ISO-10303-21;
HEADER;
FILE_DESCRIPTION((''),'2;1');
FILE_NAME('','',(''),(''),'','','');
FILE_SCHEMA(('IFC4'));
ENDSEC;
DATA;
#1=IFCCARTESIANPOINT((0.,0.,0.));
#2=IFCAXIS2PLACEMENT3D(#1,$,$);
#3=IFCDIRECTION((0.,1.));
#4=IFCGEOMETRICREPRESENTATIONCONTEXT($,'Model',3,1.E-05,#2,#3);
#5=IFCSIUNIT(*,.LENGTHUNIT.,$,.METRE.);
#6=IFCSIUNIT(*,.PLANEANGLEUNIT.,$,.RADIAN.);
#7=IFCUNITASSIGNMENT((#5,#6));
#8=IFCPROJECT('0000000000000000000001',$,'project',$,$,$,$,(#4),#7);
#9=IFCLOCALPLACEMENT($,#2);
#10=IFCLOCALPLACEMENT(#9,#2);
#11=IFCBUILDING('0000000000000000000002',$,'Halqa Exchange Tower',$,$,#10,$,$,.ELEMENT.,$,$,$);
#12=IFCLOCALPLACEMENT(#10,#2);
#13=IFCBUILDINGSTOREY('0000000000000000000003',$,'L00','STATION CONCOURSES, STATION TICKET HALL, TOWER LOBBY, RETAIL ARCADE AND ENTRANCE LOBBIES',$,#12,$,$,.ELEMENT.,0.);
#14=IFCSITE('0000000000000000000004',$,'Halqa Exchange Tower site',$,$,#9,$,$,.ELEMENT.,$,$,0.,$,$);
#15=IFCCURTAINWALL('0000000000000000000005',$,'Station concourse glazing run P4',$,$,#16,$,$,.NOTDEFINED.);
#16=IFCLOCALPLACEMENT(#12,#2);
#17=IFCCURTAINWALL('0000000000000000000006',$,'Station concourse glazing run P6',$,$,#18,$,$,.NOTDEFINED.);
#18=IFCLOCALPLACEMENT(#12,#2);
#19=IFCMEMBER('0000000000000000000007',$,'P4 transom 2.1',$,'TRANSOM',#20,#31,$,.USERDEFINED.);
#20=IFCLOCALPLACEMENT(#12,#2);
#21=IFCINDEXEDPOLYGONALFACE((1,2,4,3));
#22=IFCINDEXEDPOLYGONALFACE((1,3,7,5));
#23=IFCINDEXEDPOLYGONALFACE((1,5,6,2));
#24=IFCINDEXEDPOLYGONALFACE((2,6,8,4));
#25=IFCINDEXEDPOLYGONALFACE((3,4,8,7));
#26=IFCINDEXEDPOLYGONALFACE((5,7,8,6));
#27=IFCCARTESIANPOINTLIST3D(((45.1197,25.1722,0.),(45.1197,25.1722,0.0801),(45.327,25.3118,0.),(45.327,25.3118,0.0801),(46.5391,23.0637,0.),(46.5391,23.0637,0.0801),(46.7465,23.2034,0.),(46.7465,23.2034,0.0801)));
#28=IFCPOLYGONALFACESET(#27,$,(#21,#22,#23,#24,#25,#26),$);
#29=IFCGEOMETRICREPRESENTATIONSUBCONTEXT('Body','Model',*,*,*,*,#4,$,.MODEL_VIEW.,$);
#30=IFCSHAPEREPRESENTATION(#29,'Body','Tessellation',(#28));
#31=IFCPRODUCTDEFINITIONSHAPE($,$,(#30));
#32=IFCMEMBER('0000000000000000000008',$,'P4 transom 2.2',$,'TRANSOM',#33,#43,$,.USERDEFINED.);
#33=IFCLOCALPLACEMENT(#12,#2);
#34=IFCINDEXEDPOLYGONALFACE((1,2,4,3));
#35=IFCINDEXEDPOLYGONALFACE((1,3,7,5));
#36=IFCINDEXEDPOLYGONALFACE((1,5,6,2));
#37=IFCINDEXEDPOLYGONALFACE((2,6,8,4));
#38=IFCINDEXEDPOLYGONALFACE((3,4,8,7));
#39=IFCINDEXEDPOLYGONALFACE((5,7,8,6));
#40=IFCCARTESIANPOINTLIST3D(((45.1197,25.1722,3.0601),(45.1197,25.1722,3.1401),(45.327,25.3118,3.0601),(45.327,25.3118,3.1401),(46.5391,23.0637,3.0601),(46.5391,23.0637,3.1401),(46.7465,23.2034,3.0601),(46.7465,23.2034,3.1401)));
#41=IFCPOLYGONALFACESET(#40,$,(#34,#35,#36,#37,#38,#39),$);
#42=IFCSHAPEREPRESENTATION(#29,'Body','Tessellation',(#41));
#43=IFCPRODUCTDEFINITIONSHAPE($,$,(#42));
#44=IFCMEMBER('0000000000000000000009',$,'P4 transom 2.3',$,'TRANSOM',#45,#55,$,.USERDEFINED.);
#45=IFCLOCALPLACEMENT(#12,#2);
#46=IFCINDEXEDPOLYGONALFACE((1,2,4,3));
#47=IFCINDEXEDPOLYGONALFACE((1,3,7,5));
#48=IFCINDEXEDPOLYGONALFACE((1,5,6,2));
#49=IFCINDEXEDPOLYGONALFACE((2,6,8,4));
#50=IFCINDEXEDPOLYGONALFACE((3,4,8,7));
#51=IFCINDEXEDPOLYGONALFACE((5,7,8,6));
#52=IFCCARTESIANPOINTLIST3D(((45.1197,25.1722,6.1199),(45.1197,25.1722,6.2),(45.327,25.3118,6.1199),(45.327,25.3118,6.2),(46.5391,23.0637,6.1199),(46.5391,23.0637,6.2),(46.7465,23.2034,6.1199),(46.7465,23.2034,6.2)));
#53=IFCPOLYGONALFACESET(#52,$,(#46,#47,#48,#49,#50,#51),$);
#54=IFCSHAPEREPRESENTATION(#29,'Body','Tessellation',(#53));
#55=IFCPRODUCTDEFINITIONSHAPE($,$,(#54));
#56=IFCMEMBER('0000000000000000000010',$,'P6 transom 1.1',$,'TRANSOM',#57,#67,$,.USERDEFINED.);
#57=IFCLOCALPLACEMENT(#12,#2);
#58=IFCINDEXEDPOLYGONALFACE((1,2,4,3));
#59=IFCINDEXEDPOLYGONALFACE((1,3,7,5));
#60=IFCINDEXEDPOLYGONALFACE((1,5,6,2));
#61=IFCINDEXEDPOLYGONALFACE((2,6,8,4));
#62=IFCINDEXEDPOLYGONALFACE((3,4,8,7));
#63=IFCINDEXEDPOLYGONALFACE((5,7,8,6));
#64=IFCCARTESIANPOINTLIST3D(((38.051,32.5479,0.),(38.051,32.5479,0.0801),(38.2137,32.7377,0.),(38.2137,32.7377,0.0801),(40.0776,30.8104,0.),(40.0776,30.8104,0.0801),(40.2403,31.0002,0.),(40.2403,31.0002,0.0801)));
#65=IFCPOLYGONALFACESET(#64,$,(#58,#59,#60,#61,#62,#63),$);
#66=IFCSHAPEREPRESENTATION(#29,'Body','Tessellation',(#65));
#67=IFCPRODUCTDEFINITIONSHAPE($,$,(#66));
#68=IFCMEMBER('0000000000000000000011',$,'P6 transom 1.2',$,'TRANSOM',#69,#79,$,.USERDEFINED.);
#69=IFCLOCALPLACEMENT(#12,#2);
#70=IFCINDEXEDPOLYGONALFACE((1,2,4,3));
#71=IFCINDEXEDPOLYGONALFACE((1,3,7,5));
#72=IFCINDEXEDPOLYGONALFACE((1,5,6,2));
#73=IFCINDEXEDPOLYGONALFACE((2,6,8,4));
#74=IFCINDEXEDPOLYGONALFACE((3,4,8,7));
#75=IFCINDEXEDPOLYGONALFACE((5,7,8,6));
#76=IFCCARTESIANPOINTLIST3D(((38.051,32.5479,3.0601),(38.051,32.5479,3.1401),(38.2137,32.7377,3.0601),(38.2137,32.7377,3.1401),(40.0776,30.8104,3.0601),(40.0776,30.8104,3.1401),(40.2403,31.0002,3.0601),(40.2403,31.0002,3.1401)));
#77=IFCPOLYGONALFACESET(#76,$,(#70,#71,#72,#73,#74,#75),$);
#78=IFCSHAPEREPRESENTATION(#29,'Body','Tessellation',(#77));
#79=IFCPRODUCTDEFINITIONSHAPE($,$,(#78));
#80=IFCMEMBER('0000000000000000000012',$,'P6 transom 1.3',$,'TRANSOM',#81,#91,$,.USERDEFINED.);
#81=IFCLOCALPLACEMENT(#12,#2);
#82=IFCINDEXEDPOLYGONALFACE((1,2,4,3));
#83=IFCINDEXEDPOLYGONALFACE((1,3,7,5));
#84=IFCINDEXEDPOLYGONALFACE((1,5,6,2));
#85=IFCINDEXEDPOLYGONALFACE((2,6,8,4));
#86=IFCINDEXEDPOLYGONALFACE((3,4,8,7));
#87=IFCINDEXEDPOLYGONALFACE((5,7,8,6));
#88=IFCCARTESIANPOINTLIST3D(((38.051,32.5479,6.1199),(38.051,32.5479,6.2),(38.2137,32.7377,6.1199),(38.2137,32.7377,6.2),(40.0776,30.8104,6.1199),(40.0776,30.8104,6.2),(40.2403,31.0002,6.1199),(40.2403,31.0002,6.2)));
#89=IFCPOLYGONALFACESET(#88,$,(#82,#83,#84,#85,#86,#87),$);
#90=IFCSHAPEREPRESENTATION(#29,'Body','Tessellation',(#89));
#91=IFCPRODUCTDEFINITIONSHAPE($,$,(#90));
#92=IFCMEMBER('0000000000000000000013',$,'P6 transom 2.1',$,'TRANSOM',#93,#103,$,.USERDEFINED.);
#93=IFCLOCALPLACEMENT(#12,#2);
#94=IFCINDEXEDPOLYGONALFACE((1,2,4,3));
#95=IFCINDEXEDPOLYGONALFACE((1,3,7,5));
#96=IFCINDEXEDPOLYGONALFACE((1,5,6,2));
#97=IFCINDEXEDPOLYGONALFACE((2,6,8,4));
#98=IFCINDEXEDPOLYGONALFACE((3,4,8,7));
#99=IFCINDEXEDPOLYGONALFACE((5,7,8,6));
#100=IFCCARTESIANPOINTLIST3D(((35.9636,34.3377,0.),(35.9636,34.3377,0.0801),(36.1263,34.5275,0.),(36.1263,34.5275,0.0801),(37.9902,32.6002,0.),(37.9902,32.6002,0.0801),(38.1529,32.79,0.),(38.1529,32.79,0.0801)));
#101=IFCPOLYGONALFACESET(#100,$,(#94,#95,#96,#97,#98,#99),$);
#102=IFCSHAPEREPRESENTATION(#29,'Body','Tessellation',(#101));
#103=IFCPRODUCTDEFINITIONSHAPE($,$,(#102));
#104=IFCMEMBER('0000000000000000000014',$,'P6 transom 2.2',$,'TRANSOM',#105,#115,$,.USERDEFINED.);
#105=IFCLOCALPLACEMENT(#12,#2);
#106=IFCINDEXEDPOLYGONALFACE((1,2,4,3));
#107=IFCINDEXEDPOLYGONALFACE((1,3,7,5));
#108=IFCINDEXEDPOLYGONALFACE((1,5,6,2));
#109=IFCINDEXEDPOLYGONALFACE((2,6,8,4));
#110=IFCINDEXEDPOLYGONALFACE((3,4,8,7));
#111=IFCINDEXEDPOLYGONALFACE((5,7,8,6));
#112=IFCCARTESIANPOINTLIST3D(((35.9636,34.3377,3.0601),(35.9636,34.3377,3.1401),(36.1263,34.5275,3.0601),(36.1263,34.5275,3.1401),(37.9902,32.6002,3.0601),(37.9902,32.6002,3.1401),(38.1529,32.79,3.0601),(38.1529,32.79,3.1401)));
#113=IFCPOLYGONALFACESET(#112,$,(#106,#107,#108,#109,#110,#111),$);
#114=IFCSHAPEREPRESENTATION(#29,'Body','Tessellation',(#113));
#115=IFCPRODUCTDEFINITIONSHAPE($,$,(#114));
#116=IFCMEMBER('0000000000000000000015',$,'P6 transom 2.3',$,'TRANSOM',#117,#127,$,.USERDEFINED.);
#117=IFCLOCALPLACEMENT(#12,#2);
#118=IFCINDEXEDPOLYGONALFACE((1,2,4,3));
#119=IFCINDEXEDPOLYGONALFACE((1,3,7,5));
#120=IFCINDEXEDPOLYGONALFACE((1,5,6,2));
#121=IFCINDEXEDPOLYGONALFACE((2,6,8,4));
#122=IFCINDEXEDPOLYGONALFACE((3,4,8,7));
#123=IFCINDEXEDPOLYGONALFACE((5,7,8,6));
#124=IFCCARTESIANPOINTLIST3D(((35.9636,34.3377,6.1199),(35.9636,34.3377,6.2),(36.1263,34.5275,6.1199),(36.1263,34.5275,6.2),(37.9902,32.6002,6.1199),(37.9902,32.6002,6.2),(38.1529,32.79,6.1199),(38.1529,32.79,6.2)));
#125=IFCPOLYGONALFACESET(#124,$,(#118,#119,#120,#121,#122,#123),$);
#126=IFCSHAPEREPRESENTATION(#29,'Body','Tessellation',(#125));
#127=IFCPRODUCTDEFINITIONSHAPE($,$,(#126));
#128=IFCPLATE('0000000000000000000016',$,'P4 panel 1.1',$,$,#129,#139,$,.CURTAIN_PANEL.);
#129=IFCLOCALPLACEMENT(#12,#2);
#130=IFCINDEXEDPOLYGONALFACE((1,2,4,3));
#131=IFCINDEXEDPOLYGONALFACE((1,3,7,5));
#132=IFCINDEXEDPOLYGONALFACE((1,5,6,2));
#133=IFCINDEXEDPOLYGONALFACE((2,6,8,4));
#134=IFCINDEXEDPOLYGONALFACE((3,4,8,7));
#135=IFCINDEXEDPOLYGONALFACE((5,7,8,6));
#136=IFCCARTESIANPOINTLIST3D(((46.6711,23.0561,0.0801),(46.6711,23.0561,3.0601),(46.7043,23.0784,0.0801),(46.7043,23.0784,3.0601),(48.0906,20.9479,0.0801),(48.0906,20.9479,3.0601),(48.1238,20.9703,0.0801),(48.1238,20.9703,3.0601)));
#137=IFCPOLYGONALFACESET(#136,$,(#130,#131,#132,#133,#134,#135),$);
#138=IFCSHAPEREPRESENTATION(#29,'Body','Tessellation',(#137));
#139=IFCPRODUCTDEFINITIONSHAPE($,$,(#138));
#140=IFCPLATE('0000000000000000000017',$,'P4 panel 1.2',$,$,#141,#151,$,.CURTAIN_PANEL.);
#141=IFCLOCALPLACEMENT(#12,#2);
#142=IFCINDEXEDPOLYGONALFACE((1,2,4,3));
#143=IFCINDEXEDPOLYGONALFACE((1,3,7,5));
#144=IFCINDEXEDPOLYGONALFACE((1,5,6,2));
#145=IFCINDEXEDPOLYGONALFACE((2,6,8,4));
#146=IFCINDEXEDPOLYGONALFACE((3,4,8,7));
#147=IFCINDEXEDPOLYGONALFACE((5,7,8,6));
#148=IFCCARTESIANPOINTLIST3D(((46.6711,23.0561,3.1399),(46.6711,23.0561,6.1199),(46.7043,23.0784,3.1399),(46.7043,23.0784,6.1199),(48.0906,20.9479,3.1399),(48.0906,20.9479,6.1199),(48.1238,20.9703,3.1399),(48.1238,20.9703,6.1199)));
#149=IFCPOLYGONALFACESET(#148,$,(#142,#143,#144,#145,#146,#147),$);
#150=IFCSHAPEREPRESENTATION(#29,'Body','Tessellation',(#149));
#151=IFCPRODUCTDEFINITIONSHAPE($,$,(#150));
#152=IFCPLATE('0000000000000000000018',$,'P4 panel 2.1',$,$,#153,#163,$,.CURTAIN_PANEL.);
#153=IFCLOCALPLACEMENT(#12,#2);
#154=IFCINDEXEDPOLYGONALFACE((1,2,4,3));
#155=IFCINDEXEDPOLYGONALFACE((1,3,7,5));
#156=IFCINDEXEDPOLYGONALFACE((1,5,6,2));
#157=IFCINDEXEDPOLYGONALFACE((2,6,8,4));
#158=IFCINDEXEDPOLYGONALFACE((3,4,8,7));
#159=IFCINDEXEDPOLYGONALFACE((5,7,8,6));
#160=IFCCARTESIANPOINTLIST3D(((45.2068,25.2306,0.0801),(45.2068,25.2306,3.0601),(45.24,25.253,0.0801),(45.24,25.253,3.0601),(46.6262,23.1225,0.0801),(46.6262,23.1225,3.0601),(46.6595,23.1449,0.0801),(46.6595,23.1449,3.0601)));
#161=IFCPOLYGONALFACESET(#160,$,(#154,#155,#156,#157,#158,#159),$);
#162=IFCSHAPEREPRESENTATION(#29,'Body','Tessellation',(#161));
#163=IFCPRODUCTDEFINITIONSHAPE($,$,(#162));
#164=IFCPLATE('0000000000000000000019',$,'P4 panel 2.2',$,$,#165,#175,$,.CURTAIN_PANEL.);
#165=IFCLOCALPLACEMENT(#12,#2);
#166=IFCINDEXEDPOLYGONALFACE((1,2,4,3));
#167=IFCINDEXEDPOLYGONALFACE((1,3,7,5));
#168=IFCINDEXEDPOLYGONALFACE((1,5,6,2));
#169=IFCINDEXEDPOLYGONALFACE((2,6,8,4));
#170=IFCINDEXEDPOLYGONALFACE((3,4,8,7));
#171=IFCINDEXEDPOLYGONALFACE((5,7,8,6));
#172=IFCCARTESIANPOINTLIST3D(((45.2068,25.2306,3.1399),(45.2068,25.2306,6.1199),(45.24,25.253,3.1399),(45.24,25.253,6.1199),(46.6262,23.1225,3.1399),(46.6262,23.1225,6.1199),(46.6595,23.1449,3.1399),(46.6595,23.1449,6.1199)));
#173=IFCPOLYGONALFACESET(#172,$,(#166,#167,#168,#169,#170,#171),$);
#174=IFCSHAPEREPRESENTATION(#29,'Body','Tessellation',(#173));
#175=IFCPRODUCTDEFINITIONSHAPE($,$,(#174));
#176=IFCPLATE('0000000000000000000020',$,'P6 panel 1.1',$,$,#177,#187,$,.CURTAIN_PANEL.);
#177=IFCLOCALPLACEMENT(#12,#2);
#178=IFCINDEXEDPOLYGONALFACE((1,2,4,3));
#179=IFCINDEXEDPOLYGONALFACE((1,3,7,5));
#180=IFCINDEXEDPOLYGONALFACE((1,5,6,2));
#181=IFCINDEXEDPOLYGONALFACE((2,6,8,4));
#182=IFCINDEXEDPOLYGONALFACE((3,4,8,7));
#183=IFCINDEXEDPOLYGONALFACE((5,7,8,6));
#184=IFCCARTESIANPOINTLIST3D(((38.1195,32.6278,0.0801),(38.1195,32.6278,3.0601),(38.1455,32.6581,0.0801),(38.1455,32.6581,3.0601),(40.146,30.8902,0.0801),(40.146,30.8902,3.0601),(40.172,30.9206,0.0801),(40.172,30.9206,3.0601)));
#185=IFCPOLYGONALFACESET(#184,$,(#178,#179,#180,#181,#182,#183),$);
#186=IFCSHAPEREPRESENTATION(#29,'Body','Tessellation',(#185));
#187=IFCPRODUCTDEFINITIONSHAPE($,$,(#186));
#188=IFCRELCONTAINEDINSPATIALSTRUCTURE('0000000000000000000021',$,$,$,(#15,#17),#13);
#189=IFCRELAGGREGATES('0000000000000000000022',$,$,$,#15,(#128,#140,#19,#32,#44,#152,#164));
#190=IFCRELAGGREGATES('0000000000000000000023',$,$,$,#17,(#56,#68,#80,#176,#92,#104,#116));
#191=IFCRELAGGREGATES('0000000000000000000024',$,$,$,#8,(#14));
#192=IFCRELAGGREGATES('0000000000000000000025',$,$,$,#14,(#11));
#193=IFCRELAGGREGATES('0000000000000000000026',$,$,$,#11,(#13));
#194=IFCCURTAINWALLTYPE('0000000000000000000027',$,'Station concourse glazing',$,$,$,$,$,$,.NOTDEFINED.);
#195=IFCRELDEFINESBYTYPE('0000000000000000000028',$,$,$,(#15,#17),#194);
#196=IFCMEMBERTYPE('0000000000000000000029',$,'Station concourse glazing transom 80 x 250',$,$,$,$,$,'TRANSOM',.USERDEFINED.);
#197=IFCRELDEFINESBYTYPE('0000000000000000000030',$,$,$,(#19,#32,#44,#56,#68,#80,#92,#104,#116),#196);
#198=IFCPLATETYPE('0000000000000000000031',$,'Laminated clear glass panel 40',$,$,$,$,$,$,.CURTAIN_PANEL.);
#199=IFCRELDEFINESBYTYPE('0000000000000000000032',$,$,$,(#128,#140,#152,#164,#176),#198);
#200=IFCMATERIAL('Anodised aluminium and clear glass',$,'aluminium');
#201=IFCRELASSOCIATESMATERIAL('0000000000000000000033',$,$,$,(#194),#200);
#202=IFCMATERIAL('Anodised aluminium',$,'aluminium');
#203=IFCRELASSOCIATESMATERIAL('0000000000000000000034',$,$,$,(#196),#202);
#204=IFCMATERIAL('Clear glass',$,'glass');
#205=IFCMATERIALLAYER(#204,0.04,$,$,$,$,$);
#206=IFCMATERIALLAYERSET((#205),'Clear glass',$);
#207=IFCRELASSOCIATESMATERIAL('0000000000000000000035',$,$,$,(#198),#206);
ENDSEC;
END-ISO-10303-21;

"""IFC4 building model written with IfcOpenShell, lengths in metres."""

from ifc_helpers import new_model, si_unit, direction, frame, origin, origin_2d, place, context, subcontext, project, spatial, rectangle, extrude, material, layer, layer_set, material_profile, profile_set, type_object, element, aggregate, save


model = new_model("IFC4")

# Units and contexts
model_context = context("Model", 3, precision=1e-05, world=origin(), true_north=direction((0.0, 1.0)))
body_context = subcontext(model_context, "Body", "Model", "MODEL_VIEW")
ifc_project = project(units=[si_unit("LENGTHUNIT", "METRE"), si_unit("PLANEANGLEUNIT", "RADIAN")], contexts=[model_context])

# Site, building, storey
site_placement = place(None, origin())
site = spatial("IfcSite", under=ifc_project, at=site_placement, Name="Halqa Exchange Tower site", CompositionType="ELEMENT", RefElevation=0.0)
building_placement = place(site_placement, origin())
building = spatial("IfcBuilding", under=site, at=building_placement, Name="Halqa Exchange Tower", CompositionType="ELEMENT")
storey_placement = place(building_placement, origin())
storey = spatial("IfcBuildingStorey", under=building, at=storey_placement, Name="L00", Description="STATION CONCOURSES, STATION TICKET HALL, TOWER LOBBY, RETAIL ARCADE AND ENTRANCE LOBBIES", CompositionType="ELEMENT", Elevation=0.0)

# Curtain walls
ifc_material_1 = material(Name="Anodised aluminium and clear glass", Category="aluminium")
curtain_wall_type = type_object("IfcCurtainWallType", Name="Station concourse glazing", PredefinedType="NOTDEFINED", material=ifc_material_1)
curtain_wall_1_placement = place(storey_placement, origin())
curtain_wall_1 = element("IfcCurtainWall", 1, at=curtain_wall_1_placement, inside=storey, type_object=curtain_wall_type, Name="Station concourse glazing run P4", PredefinedType="NOTDEFINED")
ifc_material_2 = material(Name="Anodised aluminium", Category="aluminium")
curtain_wall_2_placement = place(storey_placement, origin())
curtain_wall_2 = element("IfcCurtainWall", 2, at=curtain_wall_2_placement, inside=storey, type_object=curtain_wall_type, Name="Station concourse glazing run P6", PredefinedType="NOTDEFINED")

# Members
ifc_material_profile_1 = material_profile(ifc_material_2, rectangle(XDim=0.25, YDim=0.0801, at=origin_2d()), Name="AL 80x250")
ifc_profile_set_1 = profile_set([ifc_material_profile_1], Name="Anodised aluminium")
member_type_1 = type_object("IfcMemberType", Name="Station concourse glazing transom 80 x 250", ElementType="TRANSOM", PredefinedType="USERDEFINED", material=ifc_profile_set_1)
member_1_placement = place(storey_placement, frame((46.6428, 23.1335, 0.04), z_axis=(-0.558463, 0.82953, 0.0), x_axis=(-0.82953, -0.558463, 0.0)))
member_1 = element("IfcMember", 3, at=member_1_placement, type_object=member_type_1, Name="P4 transom 2.1", ObjectType="TRANSOM", PredefinedType="USERDEFINED", context=body_context, shape_type="SweptSolid", body=[
    extrude(rectangle(XDim=0.25, YDim=0.0801, at=origin_2d()), origin(), (0.0, 0.0, 1.0), 2.5417),
])
member_2_placement = place(storey_placement, frame((46.6428, 23.1335, 3.1001), z_axis=(-0.558463, 0.82953, 0.0), x_axis=(-0.82953, -0.558463, 0.0)))
member_2 = element("IfcMember", 4, at=member_2_placement, type_object=member_type_1, Name="P4 transom 2.2", ObjectType="TRANSOM", PredefinedType="USERDEFINED", context=body_context, shape_type="SweptSolid", body=[
    extrude(rectangle(XDim=0.25, YDim=0.0801, at=origin_2d()), origin(), (0.0, 0.0, 1.0), 2.5417),
])
member_3_placement = place(storey_placement, frame((46.6428, 23.1335, 6.1599), z_axis=(-0.558463, 0.82953, 0.0), x_axis=(-0.82953, -0.558463, 0.0)))
member_3 = element("IfcMember", 5, at=member_3_placement, type_object=member_type_1, Name="P4 transom 2.3", ObjectType="TRANSOM", PredefinedType="USERDEFINED", context=body_context, shape_type="SweptSolid", body=[
    extrude(rectangle(XDim=0.25, YDim=0.0801, at=origin_2d()), origin(), (0.0, 0.0, 1.0), 2.5417),
])
member_4_placement = place(storey_placement, frame((40.1589, 30.9053, 0.04), z_axis=(-0.759173, 0.650889, 0.0), x_axis=(-0.650889, -0.759173, 0.0)))
member_4 = element("IfcMember", 6, at=member_4_placement, type_object=member_type_1, Name="P6 transom 1.1", ObjectType="TRANSOM", PredefinedType="USERDEFINED", context=body_context, shape_type="SweptSolid", body=[
    extrude(rectangle(XDim=0.25, YDim=0.0801, at=origin_2d()), origin(), (0.0, 0.0, 1.0), 2.6694),
])
member_5_placement = place(storey_placement, frame((40.1589, 30.9053, 3.1001), z_axis=(-0.759173, 0.650889, 0.0), x_axis=(-0.650889, -0.759173, 0.0)))
member_5 = element("IfcMember", 7, at=member_5_placement, type_object=member_type_1, Name="P6 transom 1.2", ObjectType="TRANSOM", PredefinedType="USERDEFINED", context=body_context, shape_type="SweptSolid", body=[
    extrude(rectangle(XDim=0.25, YDim=0.0801, at=origin_2d()), origin(), (0.0, 0.0, 1.0), 2.6694),
])
member_6_placement = place(storey_placement, frame((40.1589, 30.9053, 6.1599), z_axis=(-0.759173, 0.650889, 0.0), x_axis=(-0.650889, -0.759173, 0.0)))
member_6 = element("IfcMember", 8, at=member_6_placement, type_object=member_type_1, Name="P6 transom 1.3", ObjectType="TRANSOM", PredefinedType="USERDEFINED", context=body_context, shape_type="SweptSolid", body=[
    extrude(rectangle(XDim=0.25, YDim=0.0801, at=origin_2d()), origin(), (0.0, 0.0, 1.0), 2.6694),
])
member_7_placement = place(storey_placement, frame((38.0715, 32.6951, 0.04), z_axis=(-0.759173, 0.650889, 0.0), x_axis=(-0.650889, -0.759173, 0.0)))
member_7 = element("IfcMember", 9, at=member_7_placement, type_object=member_type_1, Name="P6 transom 2.1", ObjectType="TRANSOM", PredefinedType="USERDEFINED", context=body_context, shape_type="SweptSolid", body=[
    extrude(rectangle(XDim=0.25, YDim=0.0801, at=origin_2d()), origin(), (0.0, 0.0, 1.0), 2.6694),
])
member_8_placement = place(storey_placement, frame((38.0715, 32.6951, 3.1001), z_axis=(-0.759173, 0.650889, 0.0), x_axis=(-0.650889, -0.759173, 0.0)))
member_8 = element("IfcMember", 10, at=member_8_placement, type_object=member_type_1, Name="P6 transom 2.2", ObjectType="TRANSOM", PredefinedType="USERDEFINED", context=body_context, shape_type="SweptSolid", body=[
    extrude(rectangle(XDim=0.25, YDim=0.0801, at=origin_2d()), origin(), (0.0, 0.0, 1.0), 2.6694),
])
member_9_placement = place(storey_placement, frame((38.0715, 32.6951, 6.1599), z_axis=(-0.759173, 0.650889, 0.0), x_axis=(-0.650889, -0.759173, 0.0)))
member_9 = element("IfcMember", 11, at=member_9_placement, type_object=member_type_1, Name="P6 transom 2.3", ObjectType="TRANSOM", PredefinedType="USERDEFINED", context=body_context, shape_type="SweptSolid", body=[
    extrude(rectangle(XDim=0.25, YDim=0.0801, at=origin_2d()), origin(), (0.0, 0.0, 1.0), 2.6694),
])

# Plates
ifc_material_3 = material(Name="Clear glass", Category="glass")
ifc_layer_1 = layer(ifc_material_3, 0.04)
ifc_layer_set_1 = layer_set([ifc_layer_1], Name="Clear glass")
plate_type = type_object("IfcPlateType", Name="Laminated clear glass panel 40", PredefinedType="CURTAIN_PANEL", material=ifc_layer_set_1)
plate_1_placement = place(storey_placement, frame((47.3975, 22.0132, 0.0801), z_axis=(0.0, 0.0, 1.0), x_axis=(-0.558522, 0.82949, 0.0)))
plate_1 = element("IfcPlate", 12, at=plate_1_placement, type_object=plate_type, Name="P4 panel 1.1", PredefinedType="CURTAIN_PANEL", context=body_context, shape_type="SweptSolid", body=[
    extrude(rectangle(XDim=2.5415, YDim=0.04, at=origin_2d()), origin(), (0.0, 0.0, 1.0), 2.98),
])
plate_2_placement = place(storey_placement, frame((47.3975, 22.0132, 3.1399), z_axis=(0.0, 0.0, 1.0), x_axis=(-0.558522, 0.82949, 0.0)))
plate_2 = element("IfcPlate", 13, at=plate_2_placement, type_object=plate_type, Name="P4 panel 1.2", PredefinedType="CURTAIN_PANEL", context=body_context, shape_type="SweptSolid", body=[
    extrude(rectangle(XDim=2.5415, YDim=0.04, at=origin_2d()), origin(), (0.0, 0.0, 1.0), 2.98),
])
plate_3_placement = place(storey_placement, frame((45.9331, 24.1877, 0.0801), z_axis=(0.0, 0.0, 1.0), x_axis=(-0.558522, 0.82949, 0.0)))
plate_3 = element("IfcPlate", 14, at=plate_3_placement, type_object=plate_type, Name="P4 panel 2.1", PredefinedType="CURTAIN_PANEL", context=body_context, shape_type="SweptSolid", body=[
    extrude(rectangle(XDim=2.5415, YDim=0.04, at=origin_2d()), origin(), (0.0, 0.0, 1.0), 2.98),
])
plate_4_placement = place(storey_placement, frame((45.9331, 24.1877, 3.1399), z_axis=(0.0, 0.0, 1.0), x_axis=(-0.558522, 0.82949, 0.0)))
plate_4 = element("IfcPlate", 15, at=plate_4_placement, type_object=plate_type, Name="P4 panel 2.2", PredefinedType="CURTAIN_PANEL", context=body_context, shape_type="SweptSolid", body=[
    extrude(rectangle(XDim=2.5415, YDim=0.04, at=origin_2d()), origin(), (0.0, 0.0, 1.0), 2.98),
])
aggregate(curtain_wall_1, [plate_1, plate_2, member_1, member_2, member_3, plate_3, plate_4])
plate_5_placement = place(storey_placement, frame((39.1458, 31.7742, 0.0801), z_axis=(0.0, 0.0, 1.0), x_axis=(-0.759154, 0.650911, 0.0)))
plate_5 = element("IfcPlate", 16, at=plate_5_placement, type_object=plate_type, Name="P6 panel 1.1", PredefinedType="CURTAIN_PANEL", context=body_context, shape_type="SweptSolid", body=[
    extrude(rectangle(XDim=2.6694, YDim=0.04, at=origin_2d()), origin(), (0.0, 0.0, 1.0), 2.98),
])
aggregate(curtain_wall_2, [member_4, member_5, member_6, plate_5, member_7, member_8, member_9])

save(model, "model.ifc")
